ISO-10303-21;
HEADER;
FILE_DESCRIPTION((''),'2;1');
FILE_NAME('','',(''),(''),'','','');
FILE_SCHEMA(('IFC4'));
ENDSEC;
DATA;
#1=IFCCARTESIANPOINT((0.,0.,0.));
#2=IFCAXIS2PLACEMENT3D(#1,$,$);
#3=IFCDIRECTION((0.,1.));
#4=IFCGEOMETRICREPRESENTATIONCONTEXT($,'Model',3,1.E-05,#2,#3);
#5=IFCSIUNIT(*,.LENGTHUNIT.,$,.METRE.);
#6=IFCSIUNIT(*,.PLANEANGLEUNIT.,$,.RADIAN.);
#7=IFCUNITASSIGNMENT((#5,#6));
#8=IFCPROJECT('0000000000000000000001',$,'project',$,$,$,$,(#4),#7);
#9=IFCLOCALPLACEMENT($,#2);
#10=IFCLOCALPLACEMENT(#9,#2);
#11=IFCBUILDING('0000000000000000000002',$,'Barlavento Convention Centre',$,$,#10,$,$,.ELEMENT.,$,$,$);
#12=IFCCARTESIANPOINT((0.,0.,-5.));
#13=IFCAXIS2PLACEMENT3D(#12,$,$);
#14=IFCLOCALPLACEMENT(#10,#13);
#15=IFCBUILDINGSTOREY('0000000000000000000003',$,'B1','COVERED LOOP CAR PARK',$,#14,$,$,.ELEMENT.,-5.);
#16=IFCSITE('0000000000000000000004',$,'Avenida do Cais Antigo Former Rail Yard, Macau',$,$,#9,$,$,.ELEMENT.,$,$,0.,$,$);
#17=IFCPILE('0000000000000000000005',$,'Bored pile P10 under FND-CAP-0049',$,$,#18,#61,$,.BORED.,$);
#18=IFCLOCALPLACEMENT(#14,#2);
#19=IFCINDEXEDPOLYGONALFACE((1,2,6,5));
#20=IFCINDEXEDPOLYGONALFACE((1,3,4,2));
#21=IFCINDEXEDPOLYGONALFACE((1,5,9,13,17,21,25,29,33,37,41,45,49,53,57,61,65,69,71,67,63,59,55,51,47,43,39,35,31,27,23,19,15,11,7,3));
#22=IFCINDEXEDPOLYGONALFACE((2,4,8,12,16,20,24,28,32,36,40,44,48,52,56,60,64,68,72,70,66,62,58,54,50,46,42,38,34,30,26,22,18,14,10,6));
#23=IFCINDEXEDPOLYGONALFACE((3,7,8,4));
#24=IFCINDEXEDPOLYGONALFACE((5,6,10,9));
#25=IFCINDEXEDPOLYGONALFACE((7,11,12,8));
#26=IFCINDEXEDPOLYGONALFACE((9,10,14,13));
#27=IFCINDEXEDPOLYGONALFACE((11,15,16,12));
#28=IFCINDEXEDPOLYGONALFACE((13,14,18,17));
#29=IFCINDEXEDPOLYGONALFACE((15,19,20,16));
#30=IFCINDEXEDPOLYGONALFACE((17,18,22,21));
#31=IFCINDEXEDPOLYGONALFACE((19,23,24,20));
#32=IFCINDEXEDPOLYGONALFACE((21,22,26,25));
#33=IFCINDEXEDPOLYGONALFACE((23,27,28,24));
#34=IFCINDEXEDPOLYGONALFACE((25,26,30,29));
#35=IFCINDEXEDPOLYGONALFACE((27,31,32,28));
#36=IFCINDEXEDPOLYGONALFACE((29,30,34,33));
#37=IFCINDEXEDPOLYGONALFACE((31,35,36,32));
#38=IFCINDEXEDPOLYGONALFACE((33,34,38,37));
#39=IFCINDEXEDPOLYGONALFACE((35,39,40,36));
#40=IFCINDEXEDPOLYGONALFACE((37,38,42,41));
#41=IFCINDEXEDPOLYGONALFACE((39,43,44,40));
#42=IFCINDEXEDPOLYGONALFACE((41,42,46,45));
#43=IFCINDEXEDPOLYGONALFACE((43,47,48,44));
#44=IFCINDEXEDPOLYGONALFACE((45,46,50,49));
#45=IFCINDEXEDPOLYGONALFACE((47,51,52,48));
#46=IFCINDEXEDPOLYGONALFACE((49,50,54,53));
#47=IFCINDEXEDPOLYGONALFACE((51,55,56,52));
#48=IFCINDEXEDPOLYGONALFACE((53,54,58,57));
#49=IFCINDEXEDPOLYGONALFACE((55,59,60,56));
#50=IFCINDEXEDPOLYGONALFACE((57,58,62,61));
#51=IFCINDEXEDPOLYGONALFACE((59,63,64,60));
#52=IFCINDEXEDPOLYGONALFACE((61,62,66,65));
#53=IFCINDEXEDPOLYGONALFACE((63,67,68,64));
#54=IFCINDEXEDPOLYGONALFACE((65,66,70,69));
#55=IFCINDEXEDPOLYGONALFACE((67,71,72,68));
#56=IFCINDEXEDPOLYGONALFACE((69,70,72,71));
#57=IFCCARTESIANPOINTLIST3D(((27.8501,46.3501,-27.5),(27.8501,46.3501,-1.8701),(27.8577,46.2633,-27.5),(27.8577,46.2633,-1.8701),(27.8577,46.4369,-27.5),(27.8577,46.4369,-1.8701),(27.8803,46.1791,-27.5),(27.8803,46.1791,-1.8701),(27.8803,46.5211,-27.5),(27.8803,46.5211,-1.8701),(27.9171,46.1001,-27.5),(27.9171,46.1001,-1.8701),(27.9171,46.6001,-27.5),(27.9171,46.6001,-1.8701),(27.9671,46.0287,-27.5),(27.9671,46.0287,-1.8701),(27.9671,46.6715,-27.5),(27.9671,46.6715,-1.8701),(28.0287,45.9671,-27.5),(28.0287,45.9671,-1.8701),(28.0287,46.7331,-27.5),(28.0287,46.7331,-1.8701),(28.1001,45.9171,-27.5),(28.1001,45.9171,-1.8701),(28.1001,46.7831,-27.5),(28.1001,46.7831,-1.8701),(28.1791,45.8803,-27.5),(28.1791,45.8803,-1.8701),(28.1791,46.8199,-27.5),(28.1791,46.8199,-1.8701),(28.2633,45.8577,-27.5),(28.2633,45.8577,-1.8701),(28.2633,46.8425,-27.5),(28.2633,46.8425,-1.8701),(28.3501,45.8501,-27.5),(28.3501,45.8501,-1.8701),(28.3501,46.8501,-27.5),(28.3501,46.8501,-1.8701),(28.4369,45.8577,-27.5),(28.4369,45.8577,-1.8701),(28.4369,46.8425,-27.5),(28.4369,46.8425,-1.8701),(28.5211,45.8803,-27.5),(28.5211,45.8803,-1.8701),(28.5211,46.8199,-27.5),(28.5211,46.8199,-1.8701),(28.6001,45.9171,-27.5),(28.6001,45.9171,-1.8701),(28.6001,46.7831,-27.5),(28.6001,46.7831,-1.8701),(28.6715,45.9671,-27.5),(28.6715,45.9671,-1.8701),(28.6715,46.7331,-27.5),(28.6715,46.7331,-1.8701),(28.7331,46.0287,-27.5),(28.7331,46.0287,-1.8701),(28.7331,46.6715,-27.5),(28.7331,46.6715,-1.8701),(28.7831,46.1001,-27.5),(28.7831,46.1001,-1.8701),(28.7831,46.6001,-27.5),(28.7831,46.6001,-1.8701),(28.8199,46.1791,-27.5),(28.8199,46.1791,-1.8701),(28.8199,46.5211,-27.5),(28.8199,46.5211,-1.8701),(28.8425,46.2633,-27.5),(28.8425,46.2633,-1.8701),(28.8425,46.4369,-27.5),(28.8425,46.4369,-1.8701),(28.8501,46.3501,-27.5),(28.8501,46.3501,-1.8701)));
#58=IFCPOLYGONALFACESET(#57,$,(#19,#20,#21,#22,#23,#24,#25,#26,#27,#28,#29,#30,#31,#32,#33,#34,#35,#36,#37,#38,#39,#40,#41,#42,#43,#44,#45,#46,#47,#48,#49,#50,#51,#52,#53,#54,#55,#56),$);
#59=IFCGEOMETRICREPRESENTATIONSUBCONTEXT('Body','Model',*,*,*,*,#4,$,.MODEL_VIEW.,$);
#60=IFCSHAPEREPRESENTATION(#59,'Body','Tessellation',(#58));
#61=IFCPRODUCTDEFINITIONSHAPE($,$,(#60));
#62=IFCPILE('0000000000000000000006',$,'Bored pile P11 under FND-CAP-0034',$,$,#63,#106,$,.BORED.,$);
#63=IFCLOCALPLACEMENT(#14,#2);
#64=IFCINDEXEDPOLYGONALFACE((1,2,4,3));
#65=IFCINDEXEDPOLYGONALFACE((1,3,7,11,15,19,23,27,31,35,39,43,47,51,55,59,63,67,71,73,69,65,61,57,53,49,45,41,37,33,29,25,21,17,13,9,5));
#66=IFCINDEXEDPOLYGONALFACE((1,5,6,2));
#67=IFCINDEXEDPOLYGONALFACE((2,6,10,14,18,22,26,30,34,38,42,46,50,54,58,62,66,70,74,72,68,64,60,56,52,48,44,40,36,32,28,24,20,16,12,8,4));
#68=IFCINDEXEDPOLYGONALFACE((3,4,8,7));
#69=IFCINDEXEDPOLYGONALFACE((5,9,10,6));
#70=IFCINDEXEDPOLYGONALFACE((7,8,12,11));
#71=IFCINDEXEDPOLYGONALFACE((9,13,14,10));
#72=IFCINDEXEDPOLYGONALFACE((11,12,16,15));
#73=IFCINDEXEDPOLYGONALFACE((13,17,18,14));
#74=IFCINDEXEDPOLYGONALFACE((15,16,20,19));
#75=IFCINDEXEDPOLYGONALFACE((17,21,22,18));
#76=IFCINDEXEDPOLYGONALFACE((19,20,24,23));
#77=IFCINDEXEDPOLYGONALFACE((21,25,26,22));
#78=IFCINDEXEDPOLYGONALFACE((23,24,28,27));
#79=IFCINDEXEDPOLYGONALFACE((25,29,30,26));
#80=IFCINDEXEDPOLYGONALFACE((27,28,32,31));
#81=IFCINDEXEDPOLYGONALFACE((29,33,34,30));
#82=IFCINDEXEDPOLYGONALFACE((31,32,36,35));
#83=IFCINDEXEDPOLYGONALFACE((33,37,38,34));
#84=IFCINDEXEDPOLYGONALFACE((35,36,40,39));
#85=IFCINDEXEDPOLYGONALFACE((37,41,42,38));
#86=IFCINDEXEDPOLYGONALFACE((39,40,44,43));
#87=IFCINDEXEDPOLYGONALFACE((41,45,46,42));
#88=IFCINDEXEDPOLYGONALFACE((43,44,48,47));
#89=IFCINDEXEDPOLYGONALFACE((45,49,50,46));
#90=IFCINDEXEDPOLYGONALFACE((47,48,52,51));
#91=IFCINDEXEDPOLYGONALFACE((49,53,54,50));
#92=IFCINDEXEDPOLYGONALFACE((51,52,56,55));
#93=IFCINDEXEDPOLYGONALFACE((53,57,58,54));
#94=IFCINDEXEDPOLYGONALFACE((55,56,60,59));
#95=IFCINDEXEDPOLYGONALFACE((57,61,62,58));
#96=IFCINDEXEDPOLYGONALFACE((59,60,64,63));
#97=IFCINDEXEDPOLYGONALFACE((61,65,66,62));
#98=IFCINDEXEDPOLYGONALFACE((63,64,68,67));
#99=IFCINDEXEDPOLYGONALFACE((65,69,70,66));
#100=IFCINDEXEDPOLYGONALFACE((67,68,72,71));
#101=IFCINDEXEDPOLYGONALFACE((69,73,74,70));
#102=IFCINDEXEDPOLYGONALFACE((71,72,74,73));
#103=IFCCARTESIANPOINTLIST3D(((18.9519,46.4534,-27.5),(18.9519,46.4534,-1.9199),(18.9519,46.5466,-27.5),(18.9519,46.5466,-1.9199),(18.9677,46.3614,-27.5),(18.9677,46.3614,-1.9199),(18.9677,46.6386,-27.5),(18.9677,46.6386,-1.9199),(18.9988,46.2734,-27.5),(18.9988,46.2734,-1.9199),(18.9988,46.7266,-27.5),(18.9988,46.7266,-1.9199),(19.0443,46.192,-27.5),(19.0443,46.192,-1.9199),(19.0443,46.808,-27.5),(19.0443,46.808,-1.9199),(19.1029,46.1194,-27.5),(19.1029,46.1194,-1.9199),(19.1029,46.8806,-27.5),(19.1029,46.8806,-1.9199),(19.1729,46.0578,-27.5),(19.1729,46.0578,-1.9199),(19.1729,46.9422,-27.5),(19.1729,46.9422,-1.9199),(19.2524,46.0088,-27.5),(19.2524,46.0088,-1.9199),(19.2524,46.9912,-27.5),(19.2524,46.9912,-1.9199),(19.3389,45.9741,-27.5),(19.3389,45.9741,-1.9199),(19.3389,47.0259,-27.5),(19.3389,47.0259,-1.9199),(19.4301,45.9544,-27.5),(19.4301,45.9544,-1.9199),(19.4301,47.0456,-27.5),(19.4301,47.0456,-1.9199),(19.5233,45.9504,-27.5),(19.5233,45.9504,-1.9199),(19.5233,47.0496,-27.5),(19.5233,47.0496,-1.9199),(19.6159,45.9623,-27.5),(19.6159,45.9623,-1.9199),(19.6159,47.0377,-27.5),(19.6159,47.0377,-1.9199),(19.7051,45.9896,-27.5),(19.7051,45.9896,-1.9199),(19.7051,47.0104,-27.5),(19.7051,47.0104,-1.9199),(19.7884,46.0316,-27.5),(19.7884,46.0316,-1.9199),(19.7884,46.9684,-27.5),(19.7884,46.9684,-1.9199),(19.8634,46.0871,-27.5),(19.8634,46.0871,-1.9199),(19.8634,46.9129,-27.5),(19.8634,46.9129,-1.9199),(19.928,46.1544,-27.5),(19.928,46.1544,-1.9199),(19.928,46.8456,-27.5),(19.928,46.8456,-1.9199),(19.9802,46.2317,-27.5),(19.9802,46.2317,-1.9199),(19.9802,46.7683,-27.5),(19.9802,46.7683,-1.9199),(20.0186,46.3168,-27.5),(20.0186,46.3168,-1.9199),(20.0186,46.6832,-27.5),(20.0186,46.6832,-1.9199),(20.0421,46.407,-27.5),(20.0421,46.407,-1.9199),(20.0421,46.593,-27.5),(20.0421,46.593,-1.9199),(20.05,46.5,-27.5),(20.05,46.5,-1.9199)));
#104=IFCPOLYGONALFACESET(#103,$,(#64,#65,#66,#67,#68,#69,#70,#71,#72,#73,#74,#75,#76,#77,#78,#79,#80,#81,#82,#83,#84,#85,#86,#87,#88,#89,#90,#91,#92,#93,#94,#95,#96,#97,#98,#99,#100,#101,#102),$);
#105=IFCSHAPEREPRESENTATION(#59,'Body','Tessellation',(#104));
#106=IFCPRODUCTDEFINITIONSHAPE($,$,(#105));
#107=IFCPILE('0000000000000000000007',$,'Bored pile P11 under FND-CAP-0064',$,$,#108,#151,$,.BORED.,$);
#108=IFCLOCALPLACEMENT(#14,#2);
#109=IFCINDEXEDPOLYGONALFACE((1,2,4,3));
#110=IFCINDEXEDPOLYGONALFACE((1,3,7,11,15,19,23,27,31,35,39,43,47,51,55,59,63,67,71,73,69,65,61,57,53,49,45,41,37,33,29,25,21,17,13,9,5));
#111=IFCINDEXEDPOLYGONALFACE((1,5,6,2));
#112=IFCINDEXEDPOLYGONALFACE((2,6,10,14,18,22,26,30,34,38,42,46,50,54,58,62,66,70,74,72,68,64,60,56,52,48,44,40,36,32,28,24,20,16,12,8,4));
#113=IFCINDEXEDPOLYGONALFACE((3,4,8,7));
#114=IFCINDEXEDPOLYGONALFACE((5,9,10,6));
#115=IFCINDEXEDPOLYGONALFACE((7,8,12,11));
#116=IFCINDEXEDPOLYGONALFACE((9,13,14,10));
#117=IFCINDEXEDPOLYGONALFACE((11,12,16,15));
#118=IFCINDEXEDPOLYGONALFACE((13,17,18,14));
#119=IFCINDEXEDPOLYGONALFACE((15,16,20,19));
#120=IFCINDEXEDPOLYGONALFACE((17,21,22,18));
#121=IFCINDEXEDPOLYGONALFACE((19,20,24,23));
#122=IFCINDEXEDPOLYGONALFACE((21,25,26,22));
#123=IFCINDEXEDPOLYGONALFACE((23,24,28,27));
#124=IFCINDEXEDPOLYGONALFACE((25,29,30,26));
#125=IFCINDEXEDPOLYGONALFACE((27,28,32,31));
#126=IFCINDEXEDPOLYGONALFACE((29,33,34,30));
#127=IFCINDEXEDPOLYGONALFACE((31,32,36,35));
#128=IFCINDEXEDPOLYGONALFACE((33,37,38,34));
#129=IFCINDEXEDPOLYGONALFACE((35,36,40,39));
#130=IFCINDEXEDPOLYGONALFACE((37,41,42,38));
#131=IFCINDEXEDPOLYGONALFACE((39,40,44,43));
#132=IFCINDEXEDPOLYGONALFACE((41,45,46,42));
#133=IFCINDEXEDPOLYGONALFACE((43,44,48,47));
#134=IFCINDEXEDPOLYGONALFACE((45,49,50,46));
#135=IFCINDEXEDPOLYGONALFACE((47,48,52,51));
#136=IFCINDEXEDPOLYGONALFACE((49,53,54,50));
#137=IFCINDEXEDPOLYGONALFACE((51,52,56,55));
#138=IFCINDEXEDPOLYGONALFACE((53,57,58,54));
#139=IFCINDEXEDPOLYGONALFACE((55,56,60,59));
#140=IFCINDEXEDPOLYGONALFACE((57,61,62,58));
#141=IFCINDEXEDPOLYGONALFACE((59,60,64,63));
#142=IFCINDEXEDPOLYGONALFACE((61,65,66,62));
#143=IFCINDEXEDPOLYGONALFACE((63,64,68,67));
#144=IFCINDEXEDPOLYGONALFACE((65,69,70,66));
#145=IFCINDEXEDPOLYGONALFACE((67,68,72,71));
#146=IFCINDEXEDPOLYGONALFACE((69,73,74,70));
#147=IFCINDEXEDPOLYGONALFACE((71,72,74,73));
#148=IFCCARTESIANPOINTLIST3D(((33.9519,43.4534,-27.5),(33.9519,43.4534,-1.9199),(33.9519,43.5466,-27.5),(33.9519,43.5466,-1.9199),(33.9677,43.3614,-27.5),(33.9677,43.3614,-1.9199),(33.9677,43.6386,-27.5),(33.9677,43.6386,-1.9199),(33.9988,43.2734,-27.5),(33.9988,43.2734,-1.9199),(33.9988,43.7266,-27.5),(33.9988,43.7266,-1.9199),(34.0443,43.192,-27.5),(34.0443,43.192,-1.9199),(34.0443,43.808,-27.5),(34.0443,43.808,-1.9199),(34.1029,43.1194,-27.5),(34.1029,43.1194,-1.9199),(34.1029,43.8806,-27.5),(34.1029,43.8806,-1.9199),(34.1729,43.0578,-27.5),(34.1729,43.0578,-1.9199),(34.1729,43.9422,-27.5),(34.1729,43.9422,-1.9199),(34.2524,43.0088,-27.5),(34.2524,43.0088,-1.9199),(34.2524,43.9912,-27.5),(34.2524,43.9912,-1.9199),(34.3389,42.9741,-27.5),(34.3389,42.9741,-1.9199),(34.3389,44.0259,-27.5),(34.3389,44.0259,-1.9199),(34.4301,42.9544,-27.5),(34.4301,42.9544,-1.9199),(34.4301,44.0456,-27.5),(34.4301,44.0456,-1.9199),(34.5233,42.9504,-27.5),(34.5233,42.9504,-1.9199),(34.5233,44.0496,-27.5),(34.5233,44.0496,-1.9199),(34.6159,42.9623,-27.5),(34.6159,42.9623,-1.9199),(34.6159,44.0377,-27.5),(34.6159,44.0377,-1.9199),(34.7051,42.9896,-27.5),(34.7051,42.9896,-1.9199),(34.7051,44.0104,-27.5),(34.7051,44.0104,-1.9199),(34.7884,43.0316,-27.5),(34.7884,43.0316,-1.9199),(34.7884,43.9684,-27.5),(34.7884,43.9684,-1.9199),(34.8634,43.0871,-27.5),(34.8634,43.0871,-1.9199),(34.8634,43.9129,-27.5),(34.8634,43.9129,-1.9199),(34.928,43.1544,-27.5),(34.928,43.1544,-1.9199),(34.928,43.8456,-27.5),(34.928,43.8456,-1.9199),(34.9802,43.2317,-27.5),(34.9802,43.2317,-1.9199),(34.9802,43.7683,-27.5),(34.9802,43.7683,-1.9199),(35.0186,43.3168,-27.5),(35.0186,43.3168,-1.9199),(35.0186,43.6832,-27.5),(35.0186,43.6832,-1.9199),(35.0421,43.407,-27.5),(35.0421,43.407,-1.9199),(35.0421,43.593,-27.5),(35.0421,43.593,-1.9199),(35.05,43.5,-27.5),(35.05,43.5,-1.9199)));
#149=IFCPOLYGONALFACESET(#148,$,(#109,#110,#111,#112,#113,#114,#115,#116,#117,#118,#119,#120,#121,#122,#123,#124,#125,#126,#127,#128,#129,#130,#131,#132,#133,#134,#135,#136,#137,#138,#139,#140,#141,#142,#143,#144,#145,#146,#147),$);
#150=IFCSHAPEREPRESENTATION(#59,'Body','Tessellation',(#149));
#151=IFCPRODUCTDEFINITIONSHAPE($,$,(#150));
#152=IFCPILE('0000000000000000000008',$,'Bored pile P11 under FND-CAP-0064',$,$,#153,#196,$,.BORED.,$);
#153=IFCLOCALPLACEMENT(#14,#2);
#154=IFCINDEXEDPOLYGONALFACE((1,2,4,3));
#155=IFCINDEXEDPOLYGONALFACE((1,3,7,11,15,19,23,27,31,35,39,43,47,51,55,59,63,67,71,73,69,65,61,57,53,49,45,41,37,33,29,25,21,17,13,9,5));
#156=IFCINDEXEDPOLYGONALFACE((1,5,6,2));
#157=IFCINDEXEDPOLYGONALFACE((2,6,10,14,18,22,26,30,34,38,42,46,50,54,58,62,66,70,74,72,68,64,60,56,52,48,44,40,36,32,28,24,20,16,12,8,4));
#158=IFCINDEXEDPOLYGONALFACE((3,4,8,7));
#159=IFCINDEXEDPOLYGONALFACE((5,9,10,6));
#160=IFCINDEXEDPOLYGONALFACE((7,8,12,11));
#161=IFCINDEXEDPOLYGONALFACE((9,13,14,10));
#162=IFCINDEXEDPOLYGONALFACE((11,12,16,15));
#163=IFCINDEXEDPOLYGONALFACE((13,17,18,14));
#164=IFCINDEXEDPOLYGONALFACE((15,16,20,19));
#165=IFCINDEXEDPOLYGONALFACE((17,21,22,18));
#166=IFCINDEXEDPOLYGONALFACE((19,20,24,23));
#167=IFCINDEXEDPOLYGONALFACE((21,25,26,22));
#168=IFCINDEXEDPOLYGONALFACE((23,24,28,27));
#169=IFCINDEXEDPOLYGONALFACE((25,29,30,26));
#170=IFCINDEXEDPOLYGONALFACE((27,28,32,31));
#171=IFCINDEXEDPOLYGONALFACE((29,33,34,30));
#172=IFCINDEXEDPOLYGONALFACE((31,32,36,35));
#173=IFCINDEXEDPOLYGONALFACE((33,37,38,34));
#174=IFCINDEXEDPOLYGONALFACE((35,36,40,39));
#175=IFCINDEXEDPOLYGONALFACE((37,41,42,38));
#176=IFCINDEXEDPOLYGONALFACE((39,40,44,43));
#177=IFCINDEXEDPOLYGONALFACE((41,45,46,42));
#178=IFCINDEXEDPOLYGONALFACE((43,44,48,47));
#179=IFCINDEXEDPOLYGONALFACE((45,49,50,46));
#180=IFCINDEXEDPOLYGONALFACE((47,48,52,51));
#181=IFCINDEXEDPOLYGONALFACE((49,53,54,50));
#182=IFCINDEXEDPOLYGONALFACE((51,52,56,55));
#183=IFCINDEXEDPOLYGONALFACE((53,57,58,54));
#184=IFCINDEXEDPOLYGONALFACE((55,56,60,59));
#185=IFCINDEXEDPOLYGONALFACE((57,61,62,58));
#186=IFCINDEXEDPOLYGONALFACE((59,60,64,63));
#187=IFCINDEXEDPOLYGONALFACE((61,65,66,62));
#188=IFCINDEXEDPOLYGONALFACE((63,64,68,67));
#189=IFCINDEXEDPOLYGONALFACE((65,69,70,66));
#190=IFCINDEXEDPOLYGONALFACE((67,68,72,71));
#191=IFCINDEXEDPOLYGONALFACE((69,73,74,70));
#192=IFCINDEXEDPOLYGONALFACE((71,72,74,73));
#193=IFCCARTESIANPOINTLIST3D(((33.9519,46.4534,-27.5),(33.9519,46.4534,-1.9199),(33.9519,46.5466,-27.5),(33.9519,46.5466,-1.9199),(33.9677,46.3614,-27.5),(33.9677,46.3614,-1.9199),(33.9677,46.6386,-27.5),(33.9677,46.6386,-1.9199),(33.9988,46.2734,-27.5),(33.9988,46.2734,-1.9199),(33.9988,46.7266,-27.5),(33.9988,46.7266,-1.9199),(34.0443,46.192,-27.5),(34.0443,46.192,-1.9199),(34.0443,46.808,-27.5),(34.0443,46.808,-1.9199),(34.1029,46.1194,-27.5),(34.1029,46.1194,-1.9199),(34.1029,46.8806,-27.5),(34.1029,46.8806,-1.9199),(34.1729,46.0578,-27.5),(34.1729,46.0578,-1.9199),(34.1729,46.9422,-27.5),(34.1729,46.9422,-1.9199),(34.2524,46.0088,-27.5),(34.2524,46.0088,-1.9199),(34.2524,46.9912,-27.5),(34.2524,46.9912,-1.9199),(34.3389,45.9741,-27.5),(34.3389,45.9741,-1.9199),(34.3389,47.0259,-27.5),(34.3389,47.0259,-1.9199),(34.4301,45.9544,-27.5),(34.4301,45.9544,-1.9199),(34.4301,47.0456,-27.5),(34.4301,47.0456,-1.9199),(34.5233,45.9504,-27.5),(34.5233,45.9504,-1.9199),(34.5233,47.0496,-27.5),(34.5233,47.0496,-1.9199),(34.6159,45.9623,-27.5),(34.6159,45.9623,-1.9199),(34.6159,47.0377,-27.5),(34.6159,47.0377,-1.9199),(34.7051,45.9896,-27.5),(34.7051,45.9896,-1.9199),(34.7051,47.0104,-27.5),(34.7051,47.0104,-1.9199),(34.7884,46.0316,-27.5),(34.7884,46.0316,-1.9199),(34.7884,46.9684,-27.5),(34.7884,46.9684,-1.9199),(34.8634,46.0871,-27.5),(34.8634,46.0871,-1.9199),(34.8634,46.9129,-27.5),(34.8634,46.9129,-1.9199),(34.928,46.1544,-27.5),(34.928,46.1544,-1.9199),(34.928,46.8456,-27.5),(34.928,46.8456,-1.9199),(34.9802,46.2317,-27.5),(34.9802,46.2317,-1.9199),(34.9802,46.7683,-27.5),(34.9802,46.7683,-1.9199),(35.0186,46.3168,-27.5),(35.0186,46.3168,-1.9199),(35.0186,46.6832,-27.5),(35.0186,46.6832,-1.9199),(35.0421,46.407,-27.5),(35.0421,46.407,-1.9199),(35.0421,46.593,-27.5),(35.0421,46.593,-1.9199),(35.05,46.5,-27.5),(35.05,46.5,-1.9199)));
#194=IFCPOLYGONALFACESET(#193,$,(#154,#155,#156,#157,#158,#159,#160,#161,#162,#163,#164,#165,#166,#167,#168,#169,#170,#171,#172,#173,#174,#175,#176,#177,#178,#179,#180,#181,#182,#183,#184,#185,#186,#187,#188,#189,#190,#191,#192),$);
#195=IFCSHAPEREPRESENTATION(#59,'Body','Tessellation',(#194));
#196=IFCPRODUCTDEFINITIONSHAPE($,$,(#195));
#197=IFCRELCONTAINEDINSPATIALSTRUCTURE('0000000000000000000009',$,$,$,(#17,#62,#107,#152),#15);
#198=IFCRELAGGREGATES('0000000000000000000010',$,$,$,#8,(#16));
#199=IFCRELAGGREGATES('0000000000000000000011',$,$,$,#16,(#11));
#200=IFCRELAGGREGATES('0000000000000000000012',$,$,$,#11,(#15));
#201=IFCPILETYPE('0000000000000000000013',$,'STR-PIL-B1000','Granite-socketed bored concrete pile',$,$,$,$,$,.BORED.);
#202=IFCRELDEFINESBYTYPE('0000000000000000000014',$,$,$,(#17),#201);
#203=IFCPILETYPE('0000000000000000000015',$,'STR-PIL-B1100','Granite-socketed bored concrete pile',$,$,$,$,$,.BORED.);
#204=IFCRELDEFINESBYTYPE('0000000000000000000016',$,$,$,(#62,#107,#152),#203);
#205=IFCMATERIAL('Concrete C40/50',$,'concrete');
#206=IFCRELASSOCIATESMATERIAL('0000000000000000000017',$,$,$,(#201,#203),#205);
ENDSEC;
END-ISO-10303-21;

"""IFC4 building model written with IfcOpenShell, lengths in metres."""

from ifc_helpers import new_model, si_unit, direction, frame, origin, origin_2d, place, context, subcontext, project, spatial, circle, extrude, material, material_profile, profile_set, type_object, element, save


model = new_model("IFC4")

# Units and contexts
model_context = context("Model", 3, precision=1e-05, world=origin(), true_north=direction((0.0, 1.0)))
body_context = subcontext(model_context, "Body", "Model", "MODEL_VIEW")
ifc_project = project(units=[si_unit("LENGTHUNIT", "METRE"), si_unit("PLANEANGLEUNIT", "RADIAN")], contexts=[model_context])

# Site, building, storey
site_placement = place(None, origin())
site = spatial("IfcSite", under=ifc_project, at=site_placement, Name="Avenida do Cais Antigo Former Rail Yard, Macau", CompositionType="ELEMENT", RefElevation=0.0)
building_placement = place(site_placement, origin())
building = spatial("IfcBuilding", under=site, at=building_placement, Name="Barlavento Convention Centre", CompositionType="ELEMENT")
storey_placement = place(building_placement, frame((0.0, 0.0, -5.0)))
storey = spatial("IfcBuildingStorey", under=building, at=storey_placement, Name="B1", Description="COVERED LOOP CAR PARK", CompositionType="ELEMENT", Elevation=-5.0)

# Shared definitions
ifc_material_1 = material(Name="Concrete C40/50", Category="concrete")

# Piles
ifc_material_profile_1 = material_profile(ifc_material_1, circle(Radius=0.5, at=origin_2d()), Name="BORED PILE 1000")
ifc_profile_set_1 = profile_set([ifc_material_profile_1], Name="Concrete C40/50")
pile_type_1 = type_object("IfcPileType", Name="STR-PIL-B1000", Description="Granite-socketed bored concrete pile", PredefinedType="BORED", material=ifc_profile_set_1)
for number, where, z_axis, x_axis, name in (
    (1, (28.3501, 46.3501, -1.8701), (0.0, 0.0, -1.0), (1.0, 0.0, 0.0), "Bored pile P10 under FND-CAP-0049"),
):
    element("IfcPile", number, at=place(storey_placement, frame(where, z_axis=z_axis, x_axis=x_axis)), inside=storey, type_object=pile_type_1, Name=name, PredefinedType="BORED", context=body_context, shape_type="SweptSolid", body=[
        extrude(circle(Radius=0.5, at=origin_2d()), origin(), (0.0, 0.0, 1.0), 25.6299),
    ])
ifc_material_profile_2 = material_profile(ifc_material_1, circle(Radius=0.55, at=origin_2d()), Name="BORED PILE 1100")
ifc_profile_set_2 = profile_set([ifc_material_profile_2], Name="Concrete C40/50")
pile_type_2 = type_object("IfcPileType", Name="STR-PIL-B1100", Description="Granite-socketed bored concrete pile", PredefinedType="BORED", material=ifc_profile_set_2)
for number, where, z_axis, x_axis, name in (
    (2, (19.5, 46.5, -1.9199), (0.0, 0.0, -1.0), (1.0, 0.0, 0.0), "Bored pile P11 under FND-CAP-0034"),
    (3, (34.5, 43.5, -1.9199), (0.0, 0.0, -1.0), (1.0, 0.0, 0.0), "Bored pile P11 under FND-CAP-0064"),
    (4, (34.5, 46.5, -1.9199), (0.0, 0.0, -1.0), (1.0, 0.0, 0.0), "Bored pile P11 under FND-CAP-0064"),
):
    element("IfcPile", number, at=place(storey_placement, frame(where, z_axis=z_axis, x_axis=x_axis)), inside=storey, type_object=pile_type_2, Name=name, PredefinedType="BORED", context=body_context, shape_type="SweptSolid", body=[
        extrude(circle(Radius=0.55, at=origin_2d()), origin(), (0.0, 0.0, 1.0), 25.5801),
    ])

save(model, "model.ifc")
